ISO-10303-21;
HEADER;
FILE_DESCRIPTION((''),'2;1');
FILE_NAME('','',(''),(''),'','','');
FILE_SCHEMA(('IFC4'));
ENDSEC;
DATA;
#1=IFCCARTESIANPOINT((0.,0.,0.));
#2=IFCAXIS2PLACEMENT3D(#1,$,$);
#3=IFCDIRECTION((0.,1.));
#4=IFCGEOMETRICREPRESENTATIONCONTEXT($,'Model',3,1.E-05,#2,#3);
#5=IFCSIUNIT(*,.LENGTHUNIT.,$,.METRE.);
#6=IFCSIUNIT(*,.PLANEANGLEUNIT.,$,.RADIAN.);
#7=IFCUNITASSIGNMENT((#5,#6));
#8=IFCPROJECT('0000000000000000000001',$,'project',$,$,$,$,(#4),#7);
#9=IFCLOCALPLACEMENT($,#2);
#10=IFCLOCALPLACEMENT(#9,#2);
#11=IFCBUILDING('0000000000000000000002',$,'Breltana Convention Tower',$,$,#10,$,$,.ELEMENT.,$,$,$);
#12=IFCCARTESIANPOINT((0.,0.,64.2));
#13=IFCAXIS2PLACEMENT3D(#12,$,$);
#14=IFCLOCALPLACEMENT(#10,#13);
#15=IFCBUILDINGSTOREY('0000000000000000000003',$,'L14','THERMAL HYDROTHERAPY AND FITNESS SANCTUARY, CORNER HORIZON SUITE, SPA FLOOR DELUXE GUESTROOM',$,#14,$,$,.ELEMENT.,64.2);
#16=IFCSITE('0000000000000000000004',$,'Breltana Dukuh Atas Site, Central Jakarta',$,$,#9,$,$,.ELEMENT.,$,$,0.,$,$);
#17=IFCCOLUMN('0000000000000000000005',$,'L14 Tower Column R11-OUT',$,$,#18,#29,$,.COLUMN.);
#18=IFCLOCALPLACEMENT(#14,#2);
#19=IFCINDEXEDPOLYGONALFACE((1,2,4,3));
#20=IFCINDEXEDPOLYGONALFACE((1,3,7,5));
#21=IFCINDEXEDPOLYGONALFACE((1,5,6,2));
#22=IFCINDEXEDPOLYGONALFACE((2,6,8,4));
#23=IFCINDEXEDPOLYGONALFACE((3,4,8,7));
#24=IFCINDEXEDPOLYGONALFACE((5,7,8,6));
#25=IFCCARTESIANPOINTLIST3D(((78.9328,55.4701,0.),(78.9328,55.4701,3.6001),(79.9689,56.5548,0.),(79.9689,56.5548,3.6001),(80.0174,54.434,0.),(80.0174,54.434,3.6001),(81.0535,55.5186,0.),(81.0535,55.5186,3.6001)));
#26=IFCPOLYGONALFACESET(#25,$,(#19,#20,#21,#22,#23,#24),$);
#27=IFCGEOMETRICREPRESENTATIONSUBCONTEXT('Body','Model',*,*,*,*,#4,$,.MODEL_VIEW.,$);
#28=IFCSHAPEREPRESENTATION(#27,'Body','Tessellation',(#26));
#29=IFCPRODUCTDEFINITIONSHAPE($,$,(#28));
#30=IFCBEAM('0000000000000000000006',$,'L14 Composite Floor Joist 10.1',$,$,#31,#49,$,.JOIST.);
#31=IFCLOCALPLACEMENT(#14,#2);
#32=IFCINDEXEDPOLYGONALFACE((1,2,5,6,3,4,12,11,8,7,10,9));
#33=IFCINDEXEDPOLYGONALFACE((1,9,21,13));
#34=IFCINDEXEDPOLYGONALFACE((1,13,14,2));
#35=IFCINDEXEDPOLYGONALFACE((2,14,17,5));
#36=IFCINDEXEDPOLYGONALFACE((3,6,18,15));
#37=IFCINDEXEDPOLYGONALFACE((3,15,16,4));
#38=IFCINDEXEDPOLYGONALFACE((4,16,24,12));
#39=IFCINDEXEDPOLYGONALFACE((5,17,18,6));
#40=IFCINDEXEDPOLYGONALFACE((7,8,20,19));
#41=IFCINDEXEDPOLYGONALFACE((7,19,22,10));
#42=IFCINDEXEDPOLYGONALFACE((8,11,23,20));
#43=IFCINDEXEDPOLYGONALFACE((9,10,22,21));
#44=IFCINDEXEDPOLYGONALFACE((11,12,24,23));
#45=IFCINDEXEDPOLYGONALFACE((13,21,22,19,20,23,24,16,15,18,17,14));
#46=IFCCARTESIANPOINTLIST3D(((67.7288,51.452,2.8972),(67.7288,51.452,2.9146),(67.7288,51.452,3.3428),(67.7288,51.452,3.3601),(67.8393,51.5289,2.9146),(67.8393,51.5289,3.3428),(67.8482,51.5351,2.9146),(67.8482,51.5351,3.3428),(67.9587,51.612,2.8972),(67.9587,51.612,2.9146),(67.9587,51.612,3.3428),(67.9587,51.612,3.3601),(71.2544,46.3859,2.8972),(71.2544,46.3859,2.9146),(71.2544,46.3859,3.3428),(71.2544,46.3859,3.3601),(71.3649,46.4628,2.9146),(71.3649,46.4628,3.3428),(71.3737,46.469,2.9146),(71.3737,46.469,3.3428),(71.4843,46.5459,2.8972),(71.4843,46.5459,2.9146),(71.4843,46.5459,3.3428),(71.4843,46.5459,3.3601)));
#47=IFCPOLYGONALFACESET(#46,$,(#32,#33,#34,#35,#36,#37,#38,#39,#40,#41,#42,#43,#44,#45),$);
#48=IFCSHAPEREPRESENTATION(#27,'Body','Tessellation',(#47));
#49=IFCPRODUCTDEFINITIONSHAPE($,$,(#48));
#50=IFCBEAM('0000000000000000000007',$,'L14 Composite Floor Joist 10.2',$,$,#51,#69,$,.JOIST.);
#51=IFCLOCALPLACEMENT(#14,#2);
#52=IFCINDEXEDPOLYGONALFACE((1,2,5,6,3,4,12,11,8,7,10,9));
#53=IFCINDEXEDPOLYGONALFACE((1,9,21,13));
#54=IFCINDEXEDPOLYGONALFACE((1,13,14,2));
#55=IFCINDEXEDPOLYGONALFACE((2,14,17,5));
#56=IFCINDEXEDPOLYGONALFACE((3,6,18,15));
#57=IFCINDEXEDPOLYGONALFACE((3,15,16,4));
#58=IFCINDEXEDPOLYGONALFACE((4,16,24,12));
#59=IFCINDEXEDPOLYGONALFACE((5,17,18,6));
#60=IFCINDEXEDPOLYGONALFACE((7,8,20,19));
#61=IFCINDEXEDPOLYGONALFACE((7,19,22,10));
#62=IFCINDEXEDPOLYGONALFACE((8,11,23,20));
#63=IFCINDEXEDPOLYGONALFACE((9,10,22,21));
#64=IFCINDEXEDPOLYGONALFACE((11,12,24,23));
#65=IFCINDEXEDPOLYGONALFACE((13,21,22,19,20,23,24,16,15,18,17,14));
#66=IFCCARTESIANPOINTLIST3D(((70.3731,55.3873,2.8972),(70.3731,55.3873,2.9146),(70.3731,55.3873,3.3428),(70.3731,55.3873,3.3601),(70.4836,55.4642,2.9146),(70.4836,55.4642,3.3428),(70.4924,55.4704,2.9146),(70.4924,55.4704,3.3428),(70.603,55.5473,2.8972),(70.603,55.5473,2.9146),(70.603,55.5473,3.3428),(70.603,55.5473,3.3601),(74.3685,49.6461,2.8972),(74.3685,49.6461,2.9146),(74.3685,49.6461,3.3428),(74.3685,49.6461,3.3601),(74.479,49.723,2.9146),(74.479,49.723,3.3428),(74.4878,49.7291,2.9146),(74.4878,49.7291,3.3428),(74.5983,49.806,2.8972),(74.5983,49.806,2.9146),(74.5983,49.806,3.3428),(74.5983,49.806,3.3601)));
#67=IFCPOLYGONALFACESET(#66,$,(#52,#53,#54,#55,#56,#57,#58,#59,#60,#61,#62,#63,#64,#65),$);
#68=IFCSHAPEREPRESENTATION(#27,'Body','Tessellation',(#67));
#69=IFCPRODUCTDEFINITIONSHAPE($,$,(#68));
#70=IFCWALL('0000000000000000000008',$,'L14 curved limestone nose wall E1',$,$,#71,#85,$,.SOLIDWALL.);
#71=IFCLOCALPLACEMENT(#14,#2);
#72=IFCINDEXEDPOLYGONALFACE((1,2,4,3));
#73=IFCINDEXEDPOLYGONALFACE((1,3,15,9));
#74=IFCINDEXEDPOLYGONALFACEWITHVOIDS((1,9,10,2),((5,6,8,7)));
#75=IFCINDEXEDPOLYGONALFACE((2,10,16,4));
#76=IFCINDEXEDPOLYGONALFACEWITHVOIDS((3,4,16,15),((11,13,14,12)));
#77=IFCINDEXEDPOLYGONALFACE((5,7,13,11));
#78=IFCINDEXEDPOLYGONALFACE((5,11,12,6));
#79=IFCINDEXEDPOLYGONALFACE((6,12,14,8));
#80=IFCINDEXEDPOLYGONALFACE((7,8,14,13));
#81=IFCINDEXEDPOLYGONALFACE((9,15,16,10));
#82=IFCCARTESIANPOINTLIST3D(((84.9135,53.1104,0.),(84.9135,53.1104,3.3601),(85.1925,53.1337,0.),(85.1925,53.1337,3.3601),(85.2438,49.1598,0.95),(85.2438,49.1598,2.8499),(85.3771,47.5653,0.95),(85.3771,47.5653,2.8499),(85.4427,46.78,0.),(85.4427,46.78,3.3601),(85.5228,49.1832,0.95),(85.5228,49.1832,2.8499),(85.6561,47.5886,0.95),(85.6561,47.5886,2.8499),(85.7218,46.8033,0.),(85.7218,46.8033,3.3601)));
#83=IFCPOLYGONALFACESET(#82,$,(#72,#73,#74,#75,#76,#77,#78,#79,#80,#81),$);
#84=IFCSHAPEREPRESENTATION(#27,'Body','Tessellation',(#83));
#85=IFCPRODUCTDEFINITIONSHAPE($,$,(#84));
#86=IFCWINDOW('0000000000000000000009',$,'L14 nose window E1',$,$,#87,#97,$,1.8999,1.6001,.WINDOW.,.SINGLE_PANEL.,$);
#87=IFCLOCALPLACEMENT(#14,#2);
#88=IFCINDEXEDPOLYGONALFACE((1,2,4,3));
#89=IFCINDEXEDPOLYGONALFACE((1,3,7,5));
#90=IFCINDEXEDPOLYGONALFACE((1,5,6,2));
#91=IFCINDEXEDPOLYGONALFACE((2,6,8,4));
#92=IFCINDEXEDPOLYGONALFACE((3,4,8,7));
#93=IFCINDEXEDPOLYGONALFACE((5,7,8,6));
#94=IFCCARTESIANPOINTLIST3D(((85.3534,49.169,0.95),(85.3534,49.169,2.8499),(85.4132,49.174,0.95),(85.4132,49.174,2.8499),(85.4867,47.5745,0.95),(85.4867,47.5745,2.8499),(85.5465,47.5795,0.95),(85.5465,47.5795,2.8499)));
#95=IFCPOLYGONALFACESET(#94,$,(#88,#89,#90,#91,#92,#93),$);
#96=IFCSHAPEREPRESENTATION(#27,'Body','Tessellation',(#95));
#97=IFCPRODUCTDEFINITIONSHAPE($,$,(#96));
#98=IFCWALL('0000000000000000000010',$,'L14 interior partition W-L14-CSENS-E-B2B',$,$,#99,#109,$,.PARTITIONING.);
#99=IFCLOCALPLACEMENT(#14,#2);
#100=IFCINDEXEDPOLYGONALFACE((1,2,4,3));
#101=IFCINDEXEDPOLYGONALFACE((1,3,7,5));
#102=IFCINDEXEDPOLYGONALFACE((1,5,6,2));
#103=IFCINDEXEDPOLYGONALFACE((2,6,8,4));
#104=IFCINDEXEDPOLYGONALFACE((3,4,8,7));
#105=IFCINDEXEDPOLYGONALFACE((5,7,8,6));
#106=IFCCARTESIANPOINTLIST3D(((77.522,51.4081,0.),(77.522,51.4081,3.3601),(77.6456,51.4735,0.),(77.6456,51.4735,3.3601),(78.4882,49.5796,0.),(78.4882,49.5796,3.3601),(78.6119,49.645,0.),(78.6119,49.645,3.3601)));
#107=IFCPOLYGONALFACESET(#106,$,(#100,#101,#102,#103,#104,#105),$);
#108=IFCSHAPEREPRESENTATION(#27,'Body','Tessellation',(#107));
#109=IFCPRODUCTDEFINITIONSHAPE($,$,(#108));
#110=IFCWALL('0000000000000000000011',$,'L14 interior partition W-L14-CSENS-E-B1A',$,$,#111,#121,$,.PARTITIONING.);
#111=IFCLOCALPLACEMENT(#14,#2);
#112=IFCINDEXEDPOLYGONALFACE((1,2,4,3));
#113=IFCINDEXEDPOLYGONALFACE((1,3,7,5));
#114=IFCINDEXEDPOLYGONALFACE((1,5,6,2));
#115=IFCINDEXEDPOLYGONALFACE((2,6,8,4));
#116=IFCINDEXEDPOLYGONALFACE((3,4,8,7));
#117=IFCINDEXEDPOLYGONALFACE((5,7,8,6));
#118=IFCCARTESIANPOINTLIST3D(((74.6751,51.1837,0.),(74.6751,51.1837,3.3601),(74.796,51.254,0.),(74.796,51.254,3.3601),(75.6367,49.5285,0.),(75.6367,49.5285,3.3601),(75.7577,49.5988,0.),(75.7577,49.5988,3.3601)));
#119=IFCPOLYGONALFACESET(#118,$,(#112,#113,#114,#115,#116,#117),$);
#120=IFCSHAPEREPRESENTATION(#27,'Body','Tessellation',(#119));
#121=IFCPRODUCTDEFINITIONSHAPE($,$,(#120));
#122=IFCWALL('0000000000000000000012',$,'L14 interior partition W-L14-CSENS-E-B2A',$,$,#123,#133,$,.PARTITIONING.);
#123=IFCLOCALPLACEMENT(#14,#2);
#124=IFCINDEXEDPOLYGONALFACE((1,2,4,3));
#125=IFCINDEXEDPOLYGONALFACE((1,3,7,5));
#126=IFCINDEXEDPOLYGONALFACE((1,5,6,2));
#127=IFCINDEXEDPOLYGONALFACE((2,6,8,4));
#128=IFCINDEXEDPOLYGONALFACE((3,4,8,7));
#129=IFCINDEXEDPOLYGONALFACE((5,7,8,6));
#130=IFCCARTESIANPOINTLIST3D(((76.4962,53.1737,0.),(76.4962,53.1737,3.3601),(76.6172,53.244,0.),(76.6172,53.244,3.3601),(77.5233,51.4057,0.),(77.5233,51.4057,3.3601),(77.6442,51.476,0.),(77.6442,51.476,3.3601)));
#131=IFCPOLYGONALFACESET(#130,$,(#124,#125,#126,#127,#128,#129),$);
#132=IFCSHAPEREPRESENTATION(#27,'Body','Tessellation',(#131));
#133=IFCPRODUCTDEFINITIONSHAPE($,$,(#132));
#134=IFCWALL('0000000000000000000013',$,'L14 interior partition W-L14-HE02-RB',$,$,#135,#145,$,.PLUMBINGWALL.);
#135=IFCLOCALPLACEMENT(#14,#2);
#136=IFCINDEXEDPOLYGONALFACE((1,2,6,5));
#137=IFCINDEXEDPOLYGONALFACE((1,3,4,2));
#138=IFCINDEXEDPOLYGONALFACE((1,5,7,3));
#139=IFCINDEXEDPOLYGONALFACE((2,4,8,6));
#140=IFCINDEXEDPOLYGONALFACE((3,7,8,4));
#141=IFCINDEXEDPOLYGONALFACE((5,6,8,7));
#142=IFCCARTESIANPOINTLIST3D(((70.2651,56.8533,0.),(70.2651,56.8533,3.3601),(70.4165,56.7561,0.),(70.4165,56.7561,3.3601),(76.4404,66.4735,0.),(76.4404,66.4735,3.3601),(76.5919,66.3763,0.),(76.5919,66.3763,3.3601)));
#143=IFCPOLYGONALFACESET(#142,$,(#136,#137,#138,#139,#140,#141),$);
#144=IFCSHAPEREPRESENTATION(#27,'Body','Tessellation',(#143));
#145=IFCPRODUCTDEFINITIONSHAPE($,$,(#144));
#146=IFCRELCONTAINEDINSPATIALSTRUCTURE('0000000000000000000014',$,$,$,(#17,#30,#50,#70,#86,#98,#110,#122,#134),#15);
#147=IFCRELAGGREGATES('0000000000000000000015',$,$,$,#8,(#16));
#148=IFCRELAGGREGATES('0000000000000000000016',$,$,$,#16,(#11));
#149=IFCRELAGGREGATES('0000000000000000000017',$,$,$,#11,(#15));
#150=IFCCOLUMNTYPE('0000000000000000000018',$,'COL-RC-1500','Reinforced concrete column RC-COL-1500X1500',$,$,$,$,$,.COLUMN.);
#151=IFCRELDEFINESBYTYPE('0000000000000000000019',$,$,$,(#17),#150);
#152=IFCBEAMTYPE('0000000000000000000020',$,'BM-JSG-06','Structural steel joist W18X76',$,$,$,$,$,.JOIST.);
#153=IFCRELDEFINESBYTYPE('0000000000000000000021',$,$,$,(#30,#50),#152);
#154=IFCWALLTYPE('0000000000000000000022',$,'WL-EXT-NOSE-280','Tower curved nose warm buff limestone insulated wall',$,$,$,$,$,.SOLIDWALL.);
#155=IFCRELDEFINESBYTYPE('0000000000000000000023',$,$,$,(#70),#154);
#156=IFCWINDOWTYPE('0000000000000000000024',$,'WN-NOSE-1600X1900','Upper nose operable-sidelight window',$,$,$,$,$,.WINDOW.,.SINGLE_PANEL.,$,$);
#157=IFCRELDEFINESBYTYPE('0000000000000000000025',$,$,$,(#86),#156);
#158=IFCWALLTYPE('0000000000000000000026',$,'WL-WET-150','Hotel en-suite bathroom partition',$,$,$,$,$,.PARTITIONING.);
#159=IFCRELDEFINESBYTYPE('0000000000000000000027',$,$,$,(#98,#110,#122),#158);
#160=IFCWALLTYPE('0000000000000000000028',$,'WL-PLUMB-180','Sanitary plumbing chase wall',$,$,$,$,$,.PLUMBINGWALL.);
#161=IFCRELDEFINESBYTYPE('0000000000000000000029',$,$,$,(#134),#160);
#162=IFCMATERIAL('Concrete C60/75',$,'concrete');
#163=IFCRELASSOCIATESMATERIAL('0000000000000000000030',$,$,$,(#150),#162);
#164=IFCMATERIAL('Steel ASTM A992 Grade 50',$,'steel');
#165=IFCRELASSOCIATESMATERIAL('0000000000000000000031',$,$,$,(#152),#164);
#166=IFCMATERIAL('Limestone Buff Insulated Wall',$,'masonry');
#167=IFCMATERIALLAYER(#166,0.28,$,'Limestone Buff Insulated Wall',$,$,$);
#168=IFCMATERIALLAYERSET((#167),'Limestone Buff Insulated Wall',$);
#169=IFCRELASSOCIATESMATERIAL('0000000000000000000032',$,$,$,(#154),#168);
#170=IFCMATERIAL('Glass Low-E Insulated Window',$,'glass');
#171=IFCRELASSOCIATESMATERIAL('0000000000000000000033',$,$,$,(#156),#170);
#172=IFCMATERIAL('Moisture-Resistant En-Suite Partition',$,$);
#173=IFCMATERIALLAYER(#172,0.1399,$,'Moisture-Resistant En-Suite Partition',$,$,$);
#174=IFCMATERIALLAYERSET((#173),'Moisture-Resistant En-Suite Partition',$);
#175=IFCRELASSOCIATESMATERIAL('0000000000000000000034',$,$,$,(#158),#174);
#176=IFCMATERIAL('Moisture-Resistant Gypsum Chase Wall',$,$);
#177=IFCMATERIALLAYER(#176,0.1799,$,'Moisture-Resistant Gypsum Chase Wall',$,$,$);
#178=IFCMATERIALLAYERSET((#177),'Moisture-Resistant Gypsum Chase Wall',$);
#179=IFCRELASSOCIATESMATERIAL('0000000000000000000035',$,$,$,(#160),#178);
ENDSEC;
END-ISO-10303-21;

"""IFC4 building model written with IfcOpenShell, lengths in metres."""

from ifc_helpers import new_model, si_unit, direction, frame, frame_2d, origin, origin_2d, place, context, subcontext, project, spatial, rectangle, i_section, extrude, source, transform, mapped, material, layer, layer_set, material_profile, profile_set, type_object, type_shapes, element, fill, save


model = new_model("IFC4")

# Units and contexts
model_context = context("Model", 3, precision=1e-05, world=origin(), true_north=direction((0.0, 1.0)))
body_context = subcontext(model_context, "Body", "Model", "MODEL_VIEW")
ifc_project = project(units=[si_unit("LENGTHUNIT", "METRE"), si_unit("PLANEANGLEUNIT", "RADIAN")], contexts=[model_context])

# Site, building, storey
site_placement = place(None, origin())
site = spatial("IfcSite", under=ifc_project, at=site_placement, Name="Breltana Dukuh Atas Site, Central Jakarta", CompositionType="ELEMENT", RefElevation=0.0)
building_placement = place(site_placement, origin())
building = spatial("IfcBuilding", under=site, at=building_placement, Name="Breltana Convention Tower", CompositionType="ELEMENT")
storey_placement = place(building_placement, frame((0.0, 0.0, 64.2)))
storey = spatial("IfcBuildingStorey", under=building, at=storey_placement, Name="L14", Description="THERMAL HYDROTHERAPY AND FITNESS SANCTUARY, CORNER HORIZON SUITE, SPA FLOOR DELUXE GUESTROOM", CompositionType="ELEMENT", Elevation=64.2)

# Column
ifc_material_1 = material(Name="Concrete C60/75", Category="concrete")
ifc_material_profile_1 = material_profile(ifc_material_1, rectangle(XDim=1.5, YDim=1.5, at=origin_2d()), Name="RC-COL-1500X1500")
ifc_profile_set_1 = profile_set([ifc_material_profile_1], Name="Concrete C60/75")
column_type = type_object("IfcColumnType", Name="COL-RC-1500", Description="Reinforced concrete column RC-COL-1500X1500", PredefinedType="COLUMN", material=ifc_profile_set_1)
shared_shape_1 = source(origin(), body_context, "Body", "SweptSolid", [
    extrude(rectangle(XDim=1.5, YDim=1.5, at=origin_2d()), origin(), (0.0, 0.0, 1.0), 3.6001),
])
column_placement = place(storey_placement, frame((79.9932, 55.4944, 0.0), z_axis=(0.0, 0.0, 1.0), x_axis=(0.690756, 0.723088, 0.0)))
element("IfcColumn", 1, at=column_placement, inside=storey, type_object=column_type, Name="L14 Tower Column R11-OUT", PredefinedType="COLUMN", context=body_context, shape_type="MappedRepresentation", body=[
    mapped(shared_shape_1, transform((0.0, 0.0, 0.0), scale=1.0)),
])

# Beams
ifc_material_2 = material(Name="Steel ASTM A992 Grade 50", Category="steel")
ifc_material_profile_2 = material_profile(ifc_material_2, i_section(OverallWidth=0.28, OverallDepth=0.4629, WebThickness=0.0107, FlangeThickness=0.0173, at=origin_2d()), Name="W18X76")
ifc_profile_set_2 = profile_set([ifc_material_profile_2], Name="Steel ASTM A992 Grade 50")
beam_type = type_object("IfcBeamType", Name="BM-JSG-06", Description="Structural steel joist W18X76", PredefinedType="JOIST", material=ifc_profile_set_2)
shared_shape_2 = source(origin(), body_context, "Body", "SweptSolid", [
    extrude(i_section(OverallWidth=0.28, OverallDepth=0.4629, WebThickness=0.0107, FlangeThickness=0.0173, at=origin_2d()), origin(), (0.0, 0.0, 1.0), 6.1721),
])
beam_1_placement = place(storey_placement, frame((67.8438, 51.532, 3.1287), z_axis=(0.571212, -0.820803, 0.0), x_axis=(0.820803, 0.571212, 0.0)))
element("IfcBeam", 2, at=beam_1_placement, inside=storey, type_object=beam_type, Name="L14 Composite Floor Joist 10.1", PredefinedType="JOIST", context=body_context, shape_type="MappedRepresentation", body=[
    mapped(shared_shape_2, transform((0.0, 0.0, 0.0), scale=1.0)),
])
shared_shape_3 = source(origin(), body_context, "Body", "SweptSolid", [
    extrude(i_section(OverallWidth=0.28, OverallDepth=0.4629, WebThickness=0.0107, FlangeThickness=0.0173, at=origin_2d()), origin(), (0.0, 0.0, 1.0), 6.9946),
])
beam_2_placement = place(storey_placement, frame((70.488, 55.4673, 3.1287), z_axis=(0.571207, -0.820806, 0.0), x_axis=(0.820806, 0.571207, 0.0)))
element("IfcBeam", 3, at=beam_2_placement, inside=storey, type_object=beam_type, Name="L14 Composite Floor Joist 10.2", PredefinedType="JOIST", context=body_context, shape_type="MappedRepresentation", body=[
    mapped(shared_shape_3, transform((0.0, 0.0, 0.0), scale=1.0)),
])

# Wall, opening, window
ifc_material_3 = material(Name="Limestone Buff Insulated Wall", Category="masonry")
ifc_layer_1 = layer(ifc_material_3, 0.28, Name="Limestone Buff Insulated Wall")
ifc_layer_set_1 = layer_set([ifc_layer_1], Name="Limestone Buff Insulated Wall")
wall_type_1 = type_object("IfcWallType", Name="WL-EXT-NOSE-280", Description="Tower curved nose warm buff limestone insulated wall", PredefinedType="SOLIDWALL", material=ifc_layer_set_1)
shared_shape_4 = source(origin(), body_context, "Body", "SweptSolid", [
    extrude(rectangle(XDim=6.3525, YDim=0.28, at=frame_2d((3.1763, 0.0))), origin(), (0.0, 0.0, 1.0), 3.3601),
])
wall_1_placement = place(storey_placement, frame((85.053, 53.1221, 0.0), z_axis=(0.0, 0.0, 1.0), x_axis=(0.083319, -0.996523, 0.0)))
wall_1 = element("IfcWall", 4, at=wall_1_placement, inside=storey, type_object=wall_type_1, Name="L14 curved limestone nose wall E1", PredefinedType="SOLIDWALL", context=body_context, shape_type="MappedRepresentation", body=[
    mapped(shared_shape_4, transform((0.0, 0.0, 0.0), scale=1.0)),
])
opening_1_placement = place(wall_1_placement, frame((3.9644, 0.0, 0.95)))
opening_1 = element("IfcOpeningElement", 5, at=opening_1_placement, cuts=wall_1, PredefinedType="OPENING", context=body_context, shape_type="SweptSolid", body=[
    extrude(rectangle(XDim=1.6001, YDim=1.8999, at=frame_2d((0.8, 0.95))), frame((0.0, 0.1499, 0.0), z_axis=(0.0, -1.0, 0.0), x_axis=(1.0, 0.0, 0.0)), (0.0, 0.0, 1.0), 0.3),
])
ifc_material_4 = material(Name="Glass Low-E Insulated Window", Category="glass")
window_type = type_object("IfcWindowType", Name="WN-NOSE-1600X1900", Description="Upper nose operable-sidelight window", PartitioningType="SINGLE_PANEL", PredefinedType="WINDOW", material=ifc_material_4)
shared_shape_5 = source(origin(), body_context, "Body", "SweptSolid", [
    extrude(rectangle(XDim=1.6001, YDim=1.8999, at=frame_2d((0.8, 0.95))), frame((0.0, 0.03, 0.0), z_axis=(0.0, -1.0, 0.0), x_axis=(1.0, 0.0, 0.0)), (0.0, 0.0, 1.0), 0.0601),
])
type_shapes(window_type, [shared_shape_5])
window_placement = place(opening_1_placement, origin())
window = element("IfcWindow", 6, at=window_placement, inside=storey, type_object=window_type, Name="L14 nose window E1", OverallHeight=1.8999, OverallWidth=1.6001, PartitioningType="SINGLE_PANEL", PredefinedType="WINDOW", context=body_context, shape_type="MappedRepresentation", body=[
    mapped(shared_shape_5, transform((0.0, 0.0, 0.0), scale=1.0)),
])
fill(opening_1, window)

# Walls
ifc_material_5 = material(Name="Moisture-Resistant En-Suite Partition")
ifc_layer_2 = layer(ifc_material_5, 0.1399, Name="Moisture-Resistant En-Suite Partition")
ifc_layer_set_2 = layer_set([ifc_layer_2], Name="Moisture-Resistant En-Suite Partition")
wall_type_2 = type_object("IfcWallType", Name="WL-WET-150", Description="Hotel en-suite bathroom partition", PredefinedType="PARTITIONING", material=ifc_layer_set_2)
shared_shape_6 = source(origin(), body_context, "Body", "SweptSolid", [
    extrude(rectangle(XDim=2.0681, YDim=0.1399, at=frame_2d((1.0342, 0.0))), origin(), (0.0, 0.0, 1.0), 3.3601),
])
wall_2_placement = place(storey_placement, frame((77.5837, 51.4409, 0.0), z_axis=(0.0, 0.0, 1.0), x_axis=(0.467215, -0.884144, 0.0)))
element("IfcWall", 7, at=wall_2_placement, inside=storey, type_object=wall_type_2, Name="L14 interior partition W-L14-CSENS-E-B2B", PredefinedType="PARTITIONING", context=body_context, shape_type="MappedRepresentation", body=[
    mapped(shared_shape_6, transform((0.0, 0.0, 0.0), scale=1.0)),
])
shared_shape_7 = source(origin(), body_context, "Body", "SweptSolid", [
    extrude(rectangle(XDim=1.9143, YDim=0.1399, at=frame_2d((0.957, 0.0))), origin(), (0.0, 0.0, 1.0), 3.3601),
])
wall_3_placement = place(storey_placement, frame((74.7356, 51.2188, 0.0), z_axis=(0.0, 0.0, 1.0), x_axis=(0.502348, -0.864666, 0.0)))
element("IfcWall", 8, at=wall_3_placement, inside=storey, type_object=wall_type_2, Name="L14 interior partition W-L14-CSENS-E-B1A", PredefinedType="PARTITIONING", context=body_context, shape_type="MappedRepresentation", body=[
    mapped(shared_shape_7, transform((0.0, 0.0, 0.0), scale=1.0)),
])
shared_shape_8 = source(origin(), body_context, "Body", "SweptSolid", [
    extrude(rectangle(XDim=2.0447, YDim=0.1399, at=frame_2d((1.0225, 0.0))), origin(), (0.0, 0.0, 1.0), 3.3601),
])
wall_4_placement = place(storey_placement, frame((76.5566, 53.209, 0.0), z_axis=(0.0, 0.0, 1.0), x_axis=(0.502311, -0.864687, 0.0)))
element("IfcWall", 9, at=wall_4_placement, inside=storey, type_object=wall_type_2, Name="L14 interior partition W-L14-CSENS-E-B2A", PredefinedType="PARTITIONING", context=body_context, shape_type="MappedRepresentation", body=[
    mapped(shared_shape_8, transform((0.0, 0.0, 0.0), scale=1.0)),
])
ifc_material_6 = material(Name="Moisture-Resistant Gypsum Chase Wall")
ifc_layer_3 = layer(ifc_material_6, 0.1799, Name="Moisture-Resistant Gypsum Chase Wall")
ifc_layer_set_3 = layer_set([ifc_layer_3], Name="Moisture-Resistant Gypsum Chase Wall")
wall_type_3 = type_object("IfcWallType", Name="WL-PLUMB-180", Description="Sanitary plumbing chase wall", PredefinedType="PLUMBINGWALL", material=ifc_layer_set_3)
shared_shape_9 = source(origin(), body_context, "Body", "SweptSolid", [
    extrude(rectangle(XDim=11.4316, YDim=0.1799, at=frame_2d((5.7158, 0.0))), origin(), (0.0, 0.0, 1.0), 3.3601),
])
wall_5_placement = place(storey_placement, frame((70.3408, 56.8047, 0.0), z_axis=(0.0, 0.0, 1.0), x_axis=(0.540196, 0.841539, 0.0)))
element("IfcWall", 10, at=wall_5_placement, inside=storey, type_object=wall_type_3, Name="L14 interior partition W-L14-HE02-RB", PredefinedType="PLUMBINGWALL", context=body_context, shape_type="MappedRepresentation", body=[
    mapped(shared_shape_9, transform((0.0, 0.0, 0.0), scale=1.0)),
])

save(model, "model.ifc")
